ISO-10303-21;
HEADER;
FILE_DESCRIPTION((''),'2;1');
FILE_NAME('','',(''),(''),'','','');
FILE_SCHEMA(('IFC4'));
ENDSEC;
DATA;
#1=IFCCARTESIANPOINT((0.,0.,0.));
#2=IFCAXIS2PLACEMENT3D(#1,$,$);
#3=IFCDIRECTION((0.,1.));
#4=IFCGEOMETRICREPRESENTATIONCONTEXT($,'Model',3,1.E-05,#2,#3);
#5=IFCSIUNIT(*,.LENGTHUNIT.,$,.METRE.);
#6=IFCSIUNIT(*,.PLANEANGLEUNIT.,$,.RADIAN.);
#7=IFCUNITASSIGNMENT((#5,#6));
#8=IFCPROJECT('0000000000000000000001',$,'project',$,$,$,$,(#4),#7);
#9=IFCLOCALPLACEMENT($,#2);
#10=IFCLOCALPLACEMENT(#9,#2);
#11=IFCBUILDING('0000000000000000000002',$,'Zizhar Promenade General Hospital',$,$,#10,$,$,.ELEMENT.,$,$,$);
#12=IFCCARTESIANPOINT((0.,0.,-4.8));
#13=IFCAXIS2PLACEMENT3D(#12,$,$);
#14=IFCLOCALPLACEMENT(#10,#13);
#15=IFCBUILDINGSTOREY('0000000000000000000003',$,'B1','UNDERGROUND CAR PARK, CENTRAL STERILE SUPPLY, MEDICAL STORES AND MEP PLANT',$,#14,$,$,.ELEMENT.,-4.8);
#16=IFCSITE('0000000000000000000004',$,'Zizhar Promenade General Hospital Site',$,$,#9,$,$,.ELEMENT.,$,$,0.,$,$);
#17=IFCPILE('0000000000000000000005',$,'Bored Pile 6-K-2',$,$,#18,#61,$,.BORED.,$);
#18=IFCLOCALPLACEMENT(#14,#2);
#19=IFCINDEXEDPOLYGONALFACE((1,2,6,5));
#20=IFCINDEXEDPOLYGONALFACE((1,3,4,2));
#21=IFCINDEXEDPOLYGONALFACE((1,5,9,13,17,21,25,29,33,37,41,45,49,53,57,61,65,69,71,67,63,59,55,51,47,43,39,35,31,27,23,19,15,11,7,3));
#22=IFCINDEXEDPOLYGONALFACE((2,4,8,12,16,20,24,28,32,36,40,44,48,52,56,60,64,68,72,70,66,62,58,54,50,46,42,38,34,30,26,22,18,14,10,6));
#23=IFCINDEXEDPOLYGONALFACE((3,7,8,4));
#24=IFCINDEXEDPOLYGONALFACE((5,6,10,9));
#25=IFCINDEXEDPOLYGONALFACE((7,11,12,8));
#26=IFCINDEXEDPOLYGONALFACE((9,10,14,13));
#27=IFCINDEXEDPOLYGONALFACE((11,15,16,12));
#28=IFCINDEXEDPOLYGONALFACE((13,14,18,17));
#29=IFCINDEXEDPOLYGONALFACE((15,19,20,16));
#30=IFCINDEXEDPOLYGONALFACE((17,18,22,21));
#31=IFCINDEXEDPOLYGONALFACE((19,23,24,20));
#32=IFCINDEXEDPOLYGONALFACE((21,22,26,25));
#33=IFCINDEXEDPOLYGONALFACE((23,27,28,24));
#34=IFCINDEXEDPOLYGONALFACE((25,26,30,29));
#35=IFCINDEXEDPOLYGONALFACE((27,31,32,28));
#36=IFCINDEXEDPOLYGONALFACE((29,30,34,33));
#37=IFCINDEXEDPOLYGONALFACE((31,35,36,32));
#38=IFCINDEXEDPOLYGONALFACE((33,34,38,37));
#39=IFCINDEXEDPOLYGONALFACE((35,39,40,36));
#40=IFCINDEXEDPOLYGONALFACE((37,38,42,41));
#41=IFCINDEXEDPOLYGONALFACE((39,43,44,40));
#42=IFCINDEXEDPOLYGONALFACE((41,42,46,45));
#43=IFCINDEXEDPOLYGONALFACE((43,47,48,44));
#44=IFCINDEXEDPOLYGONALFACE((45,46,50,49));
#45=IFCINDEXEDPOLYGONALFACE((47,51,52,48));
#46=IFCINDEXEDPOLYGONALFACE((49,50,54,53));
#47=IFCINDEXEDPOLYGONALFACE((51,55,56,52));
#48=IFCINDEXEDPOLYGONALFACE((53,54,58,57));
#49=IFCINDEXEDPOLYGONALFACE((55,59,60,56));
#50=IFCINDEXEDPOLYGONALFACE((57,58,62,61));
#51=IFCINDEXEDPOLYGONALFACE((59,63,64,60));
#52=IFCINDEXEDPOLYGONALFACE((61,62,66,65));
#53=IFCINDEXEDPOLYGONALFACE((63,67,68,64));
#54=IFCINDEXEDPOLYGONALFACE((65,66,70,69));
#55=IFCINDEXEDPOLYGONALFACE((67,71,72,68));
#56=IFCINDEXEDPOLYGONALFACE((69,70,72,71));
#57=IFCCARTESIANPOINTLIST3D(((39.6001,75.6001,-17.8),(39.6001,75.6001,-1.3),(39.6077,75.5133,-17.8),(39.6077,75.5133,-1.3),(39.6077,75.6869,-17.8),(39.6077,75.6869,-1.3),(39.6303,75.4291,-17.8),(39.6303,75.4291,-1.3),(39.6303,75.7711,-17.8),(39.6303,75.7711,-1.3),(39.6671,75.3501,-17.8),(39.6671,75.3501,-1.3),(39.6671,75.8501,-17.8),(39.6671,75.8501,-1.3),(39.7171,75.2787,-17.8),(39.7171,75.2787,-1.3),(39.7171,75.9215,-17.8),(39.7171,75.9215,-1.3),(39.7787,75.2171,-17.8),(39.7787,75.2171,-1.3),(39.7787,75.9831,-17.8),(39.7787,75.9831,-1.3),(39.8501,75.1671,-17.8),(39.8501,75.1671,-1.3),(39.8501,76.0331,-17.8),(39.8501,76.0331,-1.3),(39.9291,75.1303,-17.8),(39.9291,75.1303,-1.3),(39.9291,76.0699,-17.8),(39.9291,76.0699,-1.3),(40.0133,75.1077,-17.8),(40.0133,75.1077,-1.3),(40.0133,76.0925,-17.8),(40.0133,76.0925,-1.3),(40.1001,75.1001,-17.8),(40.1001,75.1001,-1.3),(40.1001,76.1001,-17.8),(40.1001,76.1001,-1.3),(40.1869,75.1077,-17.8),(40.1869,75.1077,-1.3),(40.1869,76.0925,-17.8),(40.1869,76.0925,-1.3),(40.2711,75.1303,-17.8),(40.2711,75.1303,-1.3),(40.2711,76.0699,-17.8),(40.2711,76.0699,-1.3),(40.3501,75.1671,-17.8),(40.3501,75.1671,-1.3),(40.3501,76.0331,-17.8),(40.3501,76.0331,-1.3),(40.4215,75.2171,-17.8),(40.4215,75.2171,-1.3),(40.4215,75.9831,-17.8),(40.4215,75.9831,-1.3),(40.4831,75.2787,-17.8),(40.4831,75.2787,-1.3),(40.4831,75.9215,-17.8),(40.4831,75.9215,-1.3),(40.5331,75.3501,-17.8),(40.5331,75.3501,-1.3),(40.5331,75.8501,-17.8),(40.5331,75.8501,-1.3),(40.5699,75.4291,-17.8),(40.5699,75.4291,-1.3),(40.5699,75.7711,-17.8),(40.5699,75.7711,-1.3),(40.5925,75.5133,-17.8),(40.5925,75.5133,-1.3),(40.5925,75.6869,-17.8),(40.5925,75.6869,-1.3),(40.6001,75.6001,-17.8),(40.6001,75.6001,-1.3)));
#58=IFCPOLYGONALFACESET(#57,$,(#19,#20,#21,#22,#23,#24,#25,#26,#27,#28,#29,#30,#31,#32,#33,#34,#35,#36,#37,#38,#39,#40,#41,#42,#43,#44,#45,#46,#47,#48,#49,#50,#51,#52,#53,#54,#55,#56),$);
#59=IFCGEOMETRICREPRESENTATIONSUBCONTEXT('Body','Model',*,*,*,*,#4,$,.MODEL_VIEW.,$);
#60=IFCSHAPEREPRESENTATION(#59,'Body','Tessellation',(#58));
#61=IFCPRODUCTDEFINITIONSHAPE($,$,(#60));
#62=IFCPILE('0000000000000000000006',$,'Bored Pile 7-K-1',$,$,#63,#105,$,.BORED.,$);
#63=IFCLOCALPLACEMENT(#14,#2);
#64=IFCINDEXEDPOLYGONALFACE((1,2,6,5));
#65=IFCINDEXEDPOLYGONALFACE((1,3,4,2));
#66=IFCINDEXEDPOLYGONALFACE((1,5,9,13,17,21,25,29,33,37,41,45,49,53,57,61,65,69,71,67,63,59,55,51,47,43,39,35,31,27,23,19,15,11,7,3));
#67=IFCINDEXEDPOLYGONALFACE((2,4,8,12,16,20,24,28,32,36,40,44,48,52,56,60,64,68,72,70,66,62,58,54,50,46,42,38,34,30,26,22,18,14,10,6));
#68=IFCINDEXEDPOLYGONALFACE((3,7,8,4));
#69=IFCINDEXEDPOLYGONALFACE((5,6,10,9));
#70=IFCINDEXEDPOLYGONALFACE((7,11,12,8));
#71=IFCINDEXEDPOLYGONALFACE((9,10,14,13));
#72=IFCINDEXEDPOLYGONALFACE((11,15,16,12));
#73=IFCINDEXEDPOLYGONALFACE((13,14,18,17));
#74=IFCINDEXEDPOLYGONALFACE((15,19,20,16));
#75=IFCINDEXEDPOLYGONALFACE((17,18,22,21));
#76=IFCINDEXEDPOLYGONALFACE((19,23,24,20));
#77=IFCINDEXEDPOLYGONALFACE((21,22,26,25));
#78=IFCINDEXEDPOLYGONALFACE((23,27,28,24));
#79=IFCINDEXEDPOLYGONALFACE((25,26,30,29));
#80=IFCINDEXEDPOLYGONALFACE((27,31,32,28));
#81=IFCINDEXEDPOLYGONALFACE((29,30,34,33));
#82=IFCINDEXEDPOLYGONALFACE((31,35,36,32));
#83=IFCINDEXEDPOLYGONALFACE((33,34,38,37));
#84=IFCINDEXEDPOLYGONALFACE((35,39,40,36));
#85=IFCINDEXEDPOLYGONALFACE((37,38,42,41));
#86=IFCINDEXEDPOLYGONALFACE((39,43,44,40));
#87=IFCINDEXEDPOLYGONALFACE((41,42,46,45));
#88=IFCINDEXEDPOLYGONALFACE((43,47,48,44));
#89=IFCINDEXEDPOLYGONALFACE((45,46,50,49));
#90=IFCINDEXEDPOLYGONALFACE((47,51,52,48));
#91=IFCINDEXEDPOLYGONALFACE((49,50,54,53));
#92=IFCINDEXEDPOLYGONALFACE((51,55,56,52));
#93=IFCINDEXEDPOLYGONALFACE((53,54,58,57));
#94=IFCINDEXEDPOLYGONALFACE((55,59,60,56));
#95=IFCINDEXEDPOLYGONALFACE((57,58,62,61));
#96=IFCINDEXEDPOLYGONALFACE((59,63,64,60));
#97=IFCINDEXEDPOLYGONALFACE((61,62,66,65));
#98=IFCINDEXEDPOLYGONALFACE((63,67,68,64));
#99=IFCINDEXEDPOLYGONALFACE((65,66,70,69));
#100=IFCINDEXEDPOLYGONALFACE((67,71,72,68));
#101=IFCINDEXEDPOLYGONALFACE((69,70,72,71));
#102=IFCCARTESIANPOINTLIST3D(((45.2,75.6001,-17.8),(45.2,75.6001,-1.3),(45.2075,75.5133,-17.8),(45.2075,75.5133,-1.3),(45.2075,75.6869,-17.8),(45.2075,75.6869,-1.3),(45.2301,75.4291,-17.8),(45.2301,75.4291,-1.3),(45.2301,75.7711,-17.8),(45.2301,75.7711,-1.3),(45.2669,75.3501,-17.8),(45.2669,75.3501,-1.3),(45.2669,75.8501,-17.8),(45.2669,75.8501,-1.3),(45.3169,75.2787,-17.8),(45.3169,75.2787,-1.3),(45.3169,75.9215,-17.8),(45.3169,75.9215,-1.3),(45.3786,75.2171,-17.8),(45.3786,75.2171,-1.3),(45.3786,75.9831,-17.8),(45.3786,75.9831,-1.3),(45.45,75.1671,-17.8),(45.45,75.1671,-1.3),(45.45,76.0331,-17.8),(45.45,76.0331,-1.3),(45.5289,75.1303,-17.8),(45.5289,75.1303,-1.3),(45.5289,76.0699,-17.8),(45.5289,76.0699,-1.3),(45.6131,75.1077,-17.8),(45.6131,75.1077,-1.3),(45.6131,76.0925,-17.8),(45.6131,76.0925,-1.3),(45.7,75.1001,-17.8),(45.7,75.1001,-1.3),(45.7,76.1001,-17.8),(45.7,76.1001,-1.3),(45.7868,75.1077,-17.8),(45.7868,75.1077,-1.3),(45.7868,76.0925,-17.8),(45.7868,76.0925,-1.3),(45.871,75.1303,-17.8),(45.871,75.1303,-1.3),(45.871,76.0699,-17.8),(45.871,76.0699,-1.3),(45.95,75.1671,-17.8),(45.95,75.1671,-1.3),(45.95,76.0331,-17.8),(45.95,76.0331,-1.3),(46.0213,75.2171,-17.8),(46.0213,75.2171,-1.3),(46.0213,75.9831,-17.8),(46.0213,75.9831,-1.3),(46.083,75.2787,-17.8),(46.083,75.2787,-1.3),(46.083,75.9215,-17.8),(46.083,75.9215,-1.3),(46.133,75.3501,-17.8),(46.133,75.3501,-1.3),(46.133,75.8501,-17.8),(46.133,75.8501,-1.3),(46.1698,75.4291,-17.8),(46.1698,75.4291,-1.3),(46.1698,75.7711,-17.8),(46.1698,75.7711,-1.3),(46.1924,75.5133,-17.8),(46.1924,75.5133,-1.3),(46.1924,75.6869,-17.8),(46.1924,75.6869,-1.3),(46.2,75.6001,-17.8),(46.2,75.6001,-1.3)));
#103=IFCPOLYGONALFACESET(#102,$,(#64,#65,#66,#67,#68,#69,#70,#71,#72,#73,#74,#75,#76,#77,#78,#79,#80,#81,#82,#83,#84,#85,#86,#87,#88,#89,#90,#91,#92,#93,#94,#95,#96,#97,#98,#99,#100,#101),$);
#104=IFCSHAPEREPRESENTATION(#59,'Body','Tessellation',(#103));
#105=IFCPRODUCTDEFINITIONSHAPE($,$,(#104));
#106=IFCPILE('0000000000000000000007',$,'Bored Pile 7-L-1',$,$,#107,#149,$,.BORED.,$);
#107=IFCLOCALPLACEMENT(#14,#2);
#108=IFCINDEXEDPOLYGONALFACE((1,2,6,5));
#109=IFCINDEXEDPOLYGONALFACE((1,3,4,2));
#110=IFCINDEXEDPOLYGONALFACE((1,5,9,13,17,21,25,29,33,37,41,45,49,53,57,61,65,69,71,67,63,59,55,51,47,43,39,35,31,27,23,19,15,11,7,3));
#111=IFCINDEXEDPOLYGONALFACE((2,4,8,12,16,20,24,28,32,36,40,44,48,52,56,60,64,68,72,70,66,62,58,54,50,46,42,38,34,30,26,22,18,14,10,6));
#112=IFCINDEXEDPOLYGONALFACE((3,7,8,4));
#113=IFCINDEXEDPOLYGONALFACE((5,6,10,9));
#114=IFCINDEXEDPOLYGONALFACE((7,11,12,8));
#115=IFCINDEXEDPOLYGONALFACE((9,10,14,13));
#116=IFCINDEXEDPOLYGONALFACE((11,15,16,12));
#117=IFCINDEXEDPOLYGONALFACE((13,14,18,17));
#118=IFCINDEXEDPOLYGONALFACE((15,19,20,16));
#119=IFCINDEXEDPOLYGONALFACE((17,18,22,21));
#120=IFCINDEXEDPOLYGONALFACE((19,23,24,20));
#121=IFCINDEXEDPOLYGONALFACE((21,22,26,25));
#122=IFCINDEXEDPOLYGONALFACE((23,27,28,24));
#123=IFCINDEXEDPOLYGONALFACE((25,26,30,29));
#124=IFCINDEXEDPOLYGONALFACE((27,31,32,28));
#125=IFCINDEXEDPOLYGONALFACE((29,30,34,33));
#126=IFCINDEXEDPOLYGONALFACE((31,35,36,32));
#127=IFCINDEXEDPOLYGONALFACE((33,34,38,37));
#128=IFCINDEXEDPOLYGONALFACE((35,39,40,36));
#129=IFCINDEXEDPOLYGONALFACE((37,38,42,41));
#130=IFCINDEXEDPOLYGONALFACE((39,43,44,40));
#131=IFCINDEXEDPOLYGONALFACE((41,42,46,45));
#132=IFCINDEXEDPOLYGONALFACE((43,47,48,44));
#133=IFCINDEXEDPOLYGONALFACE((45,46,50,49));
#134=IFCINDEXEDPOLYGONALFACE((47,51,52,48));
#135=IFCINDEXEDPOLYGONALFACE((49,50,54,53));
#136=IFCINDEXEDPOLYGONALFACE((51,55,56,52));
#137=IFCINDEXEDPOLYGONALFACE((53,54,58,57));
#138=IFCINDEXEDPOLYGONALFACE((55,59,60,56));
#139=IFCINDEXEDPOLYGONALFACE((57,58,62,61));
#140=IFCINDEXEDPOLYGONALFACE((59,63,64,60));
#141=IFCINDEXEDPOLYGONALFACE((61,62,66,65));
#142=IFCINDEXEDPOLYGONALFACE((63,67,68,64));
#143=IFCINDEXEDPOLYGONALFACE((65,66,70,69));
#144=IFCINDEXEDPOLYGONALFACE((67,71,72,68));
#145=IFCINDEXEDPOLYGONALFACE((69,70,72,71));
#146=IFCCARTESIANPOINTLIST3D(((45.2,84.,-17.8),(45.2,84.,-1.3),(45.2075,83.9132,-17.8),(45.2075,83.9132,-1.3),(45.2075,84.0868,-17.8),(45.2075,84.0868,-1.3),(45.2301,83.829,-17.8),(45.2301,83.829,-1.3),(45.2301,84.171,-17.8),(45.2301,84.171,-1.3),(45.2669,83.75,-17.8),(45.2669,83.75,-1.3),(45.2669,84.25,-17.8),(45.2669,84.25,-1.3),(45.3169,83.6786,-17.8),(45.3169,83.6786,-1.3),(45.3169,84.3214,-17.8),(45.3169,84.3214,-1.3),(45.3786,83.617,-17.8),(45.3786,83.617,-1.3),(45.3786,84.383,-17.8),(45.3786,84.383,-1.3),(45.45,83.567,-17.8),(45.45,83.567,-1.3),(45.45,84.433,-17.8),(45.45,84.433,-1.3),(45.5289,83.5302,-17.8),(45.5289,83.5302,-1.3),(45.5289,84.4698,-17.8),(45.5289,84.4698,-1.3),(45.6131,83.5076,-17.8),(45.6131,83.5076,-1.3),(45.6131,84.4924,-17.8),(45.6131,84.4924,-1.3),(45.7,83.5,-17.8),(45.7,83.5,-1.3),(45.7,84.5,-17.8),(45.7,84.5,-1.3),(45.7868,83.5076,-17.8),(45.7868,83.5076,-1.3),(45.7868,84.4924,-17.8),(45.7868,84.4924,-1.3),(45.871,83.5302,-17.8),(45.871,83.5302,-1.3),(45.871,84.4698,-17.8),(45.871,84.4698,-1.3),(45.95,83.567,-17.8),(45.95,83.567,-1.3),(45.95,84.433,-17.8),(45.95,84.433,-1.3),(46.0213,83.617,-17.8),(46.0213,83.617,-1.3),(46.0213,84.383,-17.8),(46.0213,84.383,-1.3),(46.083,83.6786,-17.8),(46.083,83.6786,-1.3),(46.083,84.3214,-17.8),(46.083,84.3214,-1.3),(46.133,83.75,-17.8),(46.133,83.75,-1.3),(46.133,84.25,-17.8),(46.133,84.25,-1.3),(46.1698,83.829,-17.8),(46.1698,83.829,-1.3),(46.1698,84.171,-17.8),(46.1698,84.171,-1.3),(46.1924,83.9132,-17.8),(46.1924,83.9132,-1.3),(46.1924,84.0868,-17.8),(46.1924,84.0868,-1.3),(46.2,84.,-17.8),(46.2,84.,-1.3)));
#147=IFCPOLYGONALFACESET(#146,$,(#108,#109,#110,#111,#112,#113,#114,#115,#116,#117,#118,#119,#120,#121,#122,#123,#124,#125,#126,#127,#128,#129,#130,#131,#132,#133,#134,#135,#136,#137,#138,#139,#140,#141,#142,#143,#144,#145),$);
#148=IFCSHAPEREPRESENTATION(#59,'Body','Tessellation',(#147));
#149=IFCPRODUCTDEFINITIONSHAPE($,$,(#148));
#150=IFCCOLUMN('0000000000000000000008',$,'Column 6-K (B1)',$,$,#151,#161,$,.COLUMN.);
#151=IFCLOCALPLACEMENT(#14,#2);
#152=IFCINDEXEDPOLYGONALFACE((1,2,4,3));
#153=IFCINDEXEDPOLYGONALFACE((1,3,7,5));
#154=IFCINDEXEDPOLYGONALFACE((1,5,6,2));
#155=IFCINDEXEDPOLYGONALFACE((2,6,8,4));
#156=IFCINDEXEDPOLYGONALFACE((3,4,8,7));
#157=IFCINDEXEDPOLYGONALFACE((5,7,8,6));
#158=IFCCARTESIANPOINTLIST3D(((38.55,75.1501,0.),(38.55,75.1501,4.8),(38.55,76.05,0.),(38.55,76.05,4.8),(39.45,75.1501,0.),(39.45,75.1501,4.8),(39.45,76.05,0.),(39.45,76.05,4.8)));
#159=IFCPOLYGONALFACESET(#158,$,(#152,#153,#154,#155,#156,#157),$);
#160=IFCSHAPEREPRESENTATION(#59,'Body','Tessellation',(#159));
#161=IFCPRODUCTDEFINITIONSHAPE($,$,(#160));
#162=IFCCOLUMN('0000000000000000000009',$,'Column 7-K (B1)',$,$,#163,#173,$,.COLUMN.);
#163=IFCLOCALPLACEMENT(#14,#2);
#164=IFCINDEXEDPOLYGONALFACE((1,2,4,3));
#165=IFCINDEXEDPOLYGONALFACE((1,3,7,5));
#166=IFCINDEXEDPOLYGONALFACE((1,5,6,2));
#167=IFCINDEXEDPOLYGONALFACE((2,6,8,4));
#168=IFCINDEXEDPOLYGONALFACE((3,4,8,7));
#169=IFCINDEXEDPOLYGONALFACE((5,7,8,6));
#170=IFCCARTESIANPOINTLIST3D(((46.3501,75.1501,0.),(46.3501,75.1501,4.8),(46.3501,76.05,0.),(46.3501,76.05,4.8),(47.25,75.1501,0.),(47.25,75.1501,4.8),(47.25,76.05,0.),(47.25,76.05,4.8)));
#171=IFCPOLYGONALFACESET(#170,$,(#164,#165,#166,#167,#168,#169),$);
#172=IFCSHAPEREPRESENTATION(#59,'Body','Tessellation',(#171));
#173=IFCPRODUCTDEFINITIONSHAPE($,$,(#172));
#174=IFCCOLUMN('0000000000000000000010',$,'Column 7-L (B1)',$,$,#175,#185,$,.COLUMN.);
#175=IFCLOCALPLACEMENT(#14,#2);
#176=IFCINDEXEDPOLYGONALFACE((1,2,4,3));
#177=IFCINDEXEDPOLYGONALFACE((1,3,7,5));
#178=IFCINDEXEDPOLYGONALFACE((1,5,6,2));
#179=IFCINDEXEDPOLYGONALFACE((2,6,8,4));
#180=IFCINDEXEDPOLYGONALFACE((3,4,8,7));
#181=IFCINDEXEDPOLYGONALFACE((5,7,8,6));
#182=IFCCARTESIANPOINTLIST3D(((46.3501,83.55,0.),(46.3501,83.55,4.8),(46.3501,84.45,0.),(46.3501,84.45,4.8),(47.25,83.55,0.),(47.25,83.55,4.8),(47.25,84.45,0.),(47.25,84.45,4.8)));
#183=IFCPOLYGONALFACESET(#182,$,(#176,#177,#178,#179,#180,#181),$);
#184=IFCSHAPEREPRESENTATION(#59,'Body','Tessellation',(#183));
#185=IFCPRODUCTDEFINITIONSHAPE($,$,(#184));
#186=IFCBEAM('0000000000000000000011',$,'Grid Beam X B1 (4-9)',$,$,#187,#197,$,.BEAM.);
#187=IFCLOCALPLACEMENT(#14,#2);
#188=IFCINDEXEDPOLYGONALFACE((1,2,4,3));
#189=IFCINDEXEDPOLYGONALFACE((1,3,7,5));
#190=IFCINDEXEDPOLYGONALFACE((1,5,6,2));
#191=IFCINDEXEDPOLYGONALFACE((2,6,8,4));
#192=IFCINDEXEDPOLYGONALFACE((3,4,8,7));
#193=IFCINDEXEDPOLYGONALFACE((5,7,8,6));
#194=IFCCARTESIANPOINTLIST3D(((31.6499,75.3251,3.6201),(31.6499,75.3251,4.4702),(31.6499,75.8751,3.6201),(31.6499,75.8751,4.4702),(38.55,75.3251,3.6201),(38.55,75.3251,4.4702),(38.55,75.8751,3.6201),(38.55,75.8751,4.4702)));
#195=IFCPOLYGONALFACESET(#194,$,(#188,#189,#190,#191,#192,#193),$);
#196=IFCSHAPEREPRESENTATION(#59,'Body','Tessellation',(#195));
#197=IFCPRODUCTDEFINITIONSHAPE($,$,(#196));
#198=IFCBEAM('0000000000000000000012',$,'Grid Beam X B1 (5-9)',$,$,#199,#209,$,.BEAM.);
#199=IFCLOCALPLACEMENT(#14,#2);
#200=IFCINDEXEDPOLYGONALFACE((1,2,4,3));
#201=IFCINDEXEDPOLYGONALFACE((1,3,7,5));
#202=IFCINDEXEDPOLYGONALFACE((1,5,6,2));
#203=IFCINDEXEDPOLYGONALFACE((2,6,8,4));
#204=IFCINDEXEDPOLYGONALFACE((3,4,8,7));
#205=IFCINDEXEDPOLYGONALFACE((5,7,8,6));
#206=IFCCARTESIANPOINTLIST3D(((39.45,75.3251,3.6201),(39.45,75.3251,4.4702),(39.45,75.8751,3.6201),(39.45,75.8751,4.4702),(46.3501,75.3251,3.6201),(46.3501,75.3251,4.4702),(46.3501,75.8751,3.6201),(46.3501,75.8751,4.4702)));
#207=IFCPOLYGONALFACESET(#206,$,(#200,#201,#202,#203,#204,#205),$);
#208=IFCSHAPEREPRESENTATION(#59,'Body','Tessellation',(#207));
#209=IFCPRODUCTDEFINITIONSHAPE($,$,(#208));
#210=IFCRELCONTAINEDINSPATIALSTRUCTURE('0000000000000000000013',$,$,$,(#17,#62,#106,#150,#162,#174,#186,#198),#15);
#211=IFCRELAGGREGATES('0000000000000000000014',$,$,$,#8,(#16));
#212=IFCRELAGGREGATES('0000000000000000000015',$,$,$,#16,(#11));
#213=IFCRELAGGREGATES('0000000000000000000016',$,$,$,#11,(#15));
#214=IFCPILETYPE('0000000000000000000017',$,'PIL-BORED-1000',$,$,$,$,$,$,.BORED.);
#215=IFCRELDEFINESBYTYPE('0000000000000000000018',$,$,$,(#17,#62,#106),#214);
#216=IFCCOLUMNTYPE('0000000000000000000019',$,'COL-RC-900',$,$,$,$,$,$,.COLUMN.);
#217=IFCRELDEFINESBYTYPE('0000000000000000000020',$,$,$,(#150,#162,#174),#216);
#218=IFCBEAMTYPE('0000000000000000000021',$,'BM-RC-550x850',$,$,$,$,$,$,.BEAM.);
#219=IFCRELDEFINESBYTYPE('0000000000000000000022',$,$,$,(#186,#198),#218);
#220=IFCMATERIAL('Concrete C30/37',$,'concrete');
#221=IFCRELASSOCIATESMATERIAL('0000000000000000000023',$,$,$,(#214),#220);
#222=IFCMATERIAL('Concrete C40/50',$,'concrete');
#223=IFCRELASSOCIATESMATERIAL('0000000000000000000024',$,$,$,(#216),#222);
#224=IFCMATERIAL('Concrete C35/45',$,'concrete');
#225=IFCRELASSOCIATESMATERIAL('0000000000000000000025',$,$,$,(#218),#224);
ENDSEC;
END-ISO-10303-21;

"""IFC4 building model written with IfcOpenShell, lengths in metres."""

from ifc_helpers import new_model, si_unit, direction, frame, origin, origin_2d, place, context, subcontext, project, spatial, rectangle, circle, extrude, material, material_profile, profile_set, type_object, element, save


model = new_model("IFC4")

# Units and contexts
model_context = context("Model", 3, precision=1e-05, world=origin(), true_north=direction((0.0, 1.0)))
body_context = subcontext(model_context, "Body", "Model", "MODEL_VIEW")
ifc_project = project(units=[si_unit("LENGTHUNIT", "METRE"), si_unit("PLANEANGLEUNIT", "RADIAN")], contexts=[model_context])

# Site, building, storey
site_placement = place(None, origin())
site = spatial("IfcSite", under=ifc_project, at=site_placement, Name="Zizhar Promenade General Hospital Site", CompositionType="ELEMENT", RefElevation=0.0)
building_placement = place(site_placement, origin())
building = spatial("IfcBuilding", under=site, at=building_placement, Name="Zizhar Promenade General Hospital", CompositionType="ELEMENT")
storey_placement = place(building_placement, frame((0.0, 0.0, -4.8)))
storey = spatial("IfcBuildingStorey", under=building, at=storey_placement, Name="B1", Description="UNDERGROUND CAR PARK, CENTRAL STERILE SUPPLY, MEDICAL STORES AND MEP PLANT", CompositionType="ELEMENT", Elevation=-4.8)

# Piles
ifc_material_1 = material(Name="Concrete C30/37", Category="concrete")
ifc_material_profile_1 = material_profile(ifc_material_1, circle(Radius=0.5, at=origin_2d()))
ifc_profile_set_1 = profile_set([ifc_material_profile_1], Name="Concrete C30/37")
pile_type = type_object("IfcPileType", Name="PIL-BORED-1000", PredefinedType="BORED", material=ifc_profile_set_1)
for number, where, z_axis, x_axis, name in (
    (1, (40.1001, 75.6001, -1.3), (0.0, 0.0, -1.0), (1.0, 0.0, 0.0), "Bored Pile 6-K-2"),
    (2, (45.7, 75.6001, -1.3), (0.0, 0.0, -1.0), (1.0, 0.0, 0.0), "Bored Pile 7-K-1"),
    (3, (45.7, 84.0, -1.3), (0.0, 0.0, -1.0), (1.0, 0.0, 0.0), "Bored Pile 7-L-1"),
):
    element("IfcPile", number, at=place(storey_placement, frame(where, z_axis=z_axis, x_axis=x_axis)), inside=storey, type_object=pile_type, Name=name, PredefinedType="BORED", context=body_context, shape_type="SweptSolid", body=[
        extrude(circle(Radius=0.5, at=origin_2d()), origin(), (0.0, 0.0, 1.0), 16.5),
    ])

# Columns
ifc_material_2 = material(Name="Concrete C40/50", Category="concrete")
ifc_material_profile_2 = material_profile(ifc_material_2, rectangle(XDim=0.8999, YDim=0.8999, at=origin_2d()))
ifc_profile_set_2 = profile_set([ifc_material_profile_2], Name="Concrete C40/50")
column_type = type_object("IfcColumnType", Name="COL-RC-900", PredefinedType="COLUMN", material=ifc_profile_set_2)
for number, where, z_axis, x_axis, name in (
    (4, (39.0, 75.6001, 0.0), (0.0, 0.0, 1.0), (1.0, 0.0, 0.0), "Column 6-K (B1)"),
    (5, (46.8, 75.6001, 0.0), (0.0, 0.0, 1.0), (1.0, 0.0, 0.0), "Column 7-K (B1)"),
    (6, (46.8, 84.0, 0.0), (0.0, 0.0, 1.0), (1.0, 0.0, 0.0), "Column 7-L (B1)"),
):
    element("IfcColumn", number, at=place(storey_placement, frame(where, z_axis=z_axis, x_axis=x_axis)), inside=storey, type_object=column_type, Name=name, PredefinedType="COLUMN", context=body_context, shape_type="SweptSolid", body=[
        extrude(rectangle(XDim=0.8999, YDim=0.8999, at=origin_2d()), origin(), (0.0, 0.0, 1.0), 4.8),
    ])

# Beams
ifc_material_3 = material(Name="Concrete C35/45", Category="concrete")
ifc_material_profile_3 = material_profile(ifc_material_3, rectangle(XDim=0.55, YDim=0.8501, at=origin_2d()))
ifc_profile_set_3 = profile_set([ifc_material_profile_3], Name="Concrete C35/45")
beam_type_1 = type_object("IfcBeamType", Name="BM-RC-550x850", PredefinedType="BEAM", material=ifc_profile_set_3)
for number, where, z_axis, x_axis, name in (
    (7, (31.6499, 75.6001, 4.0452), (1.0, 0.0, 0.0), (0.0, 1.0, 0.0), "Grid Beam X B1 (4-9)"),
    (8, (39.45, 75.6001, 4.0452), (1.0, 0.0, 0.0), (0.0, 1.0, 0.0), "Grid Beam X B1 (5-9)"),
):
    element("IfcBeam", number, at=place(storey_placement, frame(where, z_axis=z_axis, x_axis=x_axis)), inside=storey, type_object=beam_type_1, Name=name, PredefinedType="BEAM", context=body_context, shape_type="SweptSolid", body=[
        extrude(rectangle(XDim=0.55, YDim=0.8501, at=origin_2d()), origin(), (0.0, 0.0, 1.0), 6.9001),
    ])

save(model, "model.ifc")
